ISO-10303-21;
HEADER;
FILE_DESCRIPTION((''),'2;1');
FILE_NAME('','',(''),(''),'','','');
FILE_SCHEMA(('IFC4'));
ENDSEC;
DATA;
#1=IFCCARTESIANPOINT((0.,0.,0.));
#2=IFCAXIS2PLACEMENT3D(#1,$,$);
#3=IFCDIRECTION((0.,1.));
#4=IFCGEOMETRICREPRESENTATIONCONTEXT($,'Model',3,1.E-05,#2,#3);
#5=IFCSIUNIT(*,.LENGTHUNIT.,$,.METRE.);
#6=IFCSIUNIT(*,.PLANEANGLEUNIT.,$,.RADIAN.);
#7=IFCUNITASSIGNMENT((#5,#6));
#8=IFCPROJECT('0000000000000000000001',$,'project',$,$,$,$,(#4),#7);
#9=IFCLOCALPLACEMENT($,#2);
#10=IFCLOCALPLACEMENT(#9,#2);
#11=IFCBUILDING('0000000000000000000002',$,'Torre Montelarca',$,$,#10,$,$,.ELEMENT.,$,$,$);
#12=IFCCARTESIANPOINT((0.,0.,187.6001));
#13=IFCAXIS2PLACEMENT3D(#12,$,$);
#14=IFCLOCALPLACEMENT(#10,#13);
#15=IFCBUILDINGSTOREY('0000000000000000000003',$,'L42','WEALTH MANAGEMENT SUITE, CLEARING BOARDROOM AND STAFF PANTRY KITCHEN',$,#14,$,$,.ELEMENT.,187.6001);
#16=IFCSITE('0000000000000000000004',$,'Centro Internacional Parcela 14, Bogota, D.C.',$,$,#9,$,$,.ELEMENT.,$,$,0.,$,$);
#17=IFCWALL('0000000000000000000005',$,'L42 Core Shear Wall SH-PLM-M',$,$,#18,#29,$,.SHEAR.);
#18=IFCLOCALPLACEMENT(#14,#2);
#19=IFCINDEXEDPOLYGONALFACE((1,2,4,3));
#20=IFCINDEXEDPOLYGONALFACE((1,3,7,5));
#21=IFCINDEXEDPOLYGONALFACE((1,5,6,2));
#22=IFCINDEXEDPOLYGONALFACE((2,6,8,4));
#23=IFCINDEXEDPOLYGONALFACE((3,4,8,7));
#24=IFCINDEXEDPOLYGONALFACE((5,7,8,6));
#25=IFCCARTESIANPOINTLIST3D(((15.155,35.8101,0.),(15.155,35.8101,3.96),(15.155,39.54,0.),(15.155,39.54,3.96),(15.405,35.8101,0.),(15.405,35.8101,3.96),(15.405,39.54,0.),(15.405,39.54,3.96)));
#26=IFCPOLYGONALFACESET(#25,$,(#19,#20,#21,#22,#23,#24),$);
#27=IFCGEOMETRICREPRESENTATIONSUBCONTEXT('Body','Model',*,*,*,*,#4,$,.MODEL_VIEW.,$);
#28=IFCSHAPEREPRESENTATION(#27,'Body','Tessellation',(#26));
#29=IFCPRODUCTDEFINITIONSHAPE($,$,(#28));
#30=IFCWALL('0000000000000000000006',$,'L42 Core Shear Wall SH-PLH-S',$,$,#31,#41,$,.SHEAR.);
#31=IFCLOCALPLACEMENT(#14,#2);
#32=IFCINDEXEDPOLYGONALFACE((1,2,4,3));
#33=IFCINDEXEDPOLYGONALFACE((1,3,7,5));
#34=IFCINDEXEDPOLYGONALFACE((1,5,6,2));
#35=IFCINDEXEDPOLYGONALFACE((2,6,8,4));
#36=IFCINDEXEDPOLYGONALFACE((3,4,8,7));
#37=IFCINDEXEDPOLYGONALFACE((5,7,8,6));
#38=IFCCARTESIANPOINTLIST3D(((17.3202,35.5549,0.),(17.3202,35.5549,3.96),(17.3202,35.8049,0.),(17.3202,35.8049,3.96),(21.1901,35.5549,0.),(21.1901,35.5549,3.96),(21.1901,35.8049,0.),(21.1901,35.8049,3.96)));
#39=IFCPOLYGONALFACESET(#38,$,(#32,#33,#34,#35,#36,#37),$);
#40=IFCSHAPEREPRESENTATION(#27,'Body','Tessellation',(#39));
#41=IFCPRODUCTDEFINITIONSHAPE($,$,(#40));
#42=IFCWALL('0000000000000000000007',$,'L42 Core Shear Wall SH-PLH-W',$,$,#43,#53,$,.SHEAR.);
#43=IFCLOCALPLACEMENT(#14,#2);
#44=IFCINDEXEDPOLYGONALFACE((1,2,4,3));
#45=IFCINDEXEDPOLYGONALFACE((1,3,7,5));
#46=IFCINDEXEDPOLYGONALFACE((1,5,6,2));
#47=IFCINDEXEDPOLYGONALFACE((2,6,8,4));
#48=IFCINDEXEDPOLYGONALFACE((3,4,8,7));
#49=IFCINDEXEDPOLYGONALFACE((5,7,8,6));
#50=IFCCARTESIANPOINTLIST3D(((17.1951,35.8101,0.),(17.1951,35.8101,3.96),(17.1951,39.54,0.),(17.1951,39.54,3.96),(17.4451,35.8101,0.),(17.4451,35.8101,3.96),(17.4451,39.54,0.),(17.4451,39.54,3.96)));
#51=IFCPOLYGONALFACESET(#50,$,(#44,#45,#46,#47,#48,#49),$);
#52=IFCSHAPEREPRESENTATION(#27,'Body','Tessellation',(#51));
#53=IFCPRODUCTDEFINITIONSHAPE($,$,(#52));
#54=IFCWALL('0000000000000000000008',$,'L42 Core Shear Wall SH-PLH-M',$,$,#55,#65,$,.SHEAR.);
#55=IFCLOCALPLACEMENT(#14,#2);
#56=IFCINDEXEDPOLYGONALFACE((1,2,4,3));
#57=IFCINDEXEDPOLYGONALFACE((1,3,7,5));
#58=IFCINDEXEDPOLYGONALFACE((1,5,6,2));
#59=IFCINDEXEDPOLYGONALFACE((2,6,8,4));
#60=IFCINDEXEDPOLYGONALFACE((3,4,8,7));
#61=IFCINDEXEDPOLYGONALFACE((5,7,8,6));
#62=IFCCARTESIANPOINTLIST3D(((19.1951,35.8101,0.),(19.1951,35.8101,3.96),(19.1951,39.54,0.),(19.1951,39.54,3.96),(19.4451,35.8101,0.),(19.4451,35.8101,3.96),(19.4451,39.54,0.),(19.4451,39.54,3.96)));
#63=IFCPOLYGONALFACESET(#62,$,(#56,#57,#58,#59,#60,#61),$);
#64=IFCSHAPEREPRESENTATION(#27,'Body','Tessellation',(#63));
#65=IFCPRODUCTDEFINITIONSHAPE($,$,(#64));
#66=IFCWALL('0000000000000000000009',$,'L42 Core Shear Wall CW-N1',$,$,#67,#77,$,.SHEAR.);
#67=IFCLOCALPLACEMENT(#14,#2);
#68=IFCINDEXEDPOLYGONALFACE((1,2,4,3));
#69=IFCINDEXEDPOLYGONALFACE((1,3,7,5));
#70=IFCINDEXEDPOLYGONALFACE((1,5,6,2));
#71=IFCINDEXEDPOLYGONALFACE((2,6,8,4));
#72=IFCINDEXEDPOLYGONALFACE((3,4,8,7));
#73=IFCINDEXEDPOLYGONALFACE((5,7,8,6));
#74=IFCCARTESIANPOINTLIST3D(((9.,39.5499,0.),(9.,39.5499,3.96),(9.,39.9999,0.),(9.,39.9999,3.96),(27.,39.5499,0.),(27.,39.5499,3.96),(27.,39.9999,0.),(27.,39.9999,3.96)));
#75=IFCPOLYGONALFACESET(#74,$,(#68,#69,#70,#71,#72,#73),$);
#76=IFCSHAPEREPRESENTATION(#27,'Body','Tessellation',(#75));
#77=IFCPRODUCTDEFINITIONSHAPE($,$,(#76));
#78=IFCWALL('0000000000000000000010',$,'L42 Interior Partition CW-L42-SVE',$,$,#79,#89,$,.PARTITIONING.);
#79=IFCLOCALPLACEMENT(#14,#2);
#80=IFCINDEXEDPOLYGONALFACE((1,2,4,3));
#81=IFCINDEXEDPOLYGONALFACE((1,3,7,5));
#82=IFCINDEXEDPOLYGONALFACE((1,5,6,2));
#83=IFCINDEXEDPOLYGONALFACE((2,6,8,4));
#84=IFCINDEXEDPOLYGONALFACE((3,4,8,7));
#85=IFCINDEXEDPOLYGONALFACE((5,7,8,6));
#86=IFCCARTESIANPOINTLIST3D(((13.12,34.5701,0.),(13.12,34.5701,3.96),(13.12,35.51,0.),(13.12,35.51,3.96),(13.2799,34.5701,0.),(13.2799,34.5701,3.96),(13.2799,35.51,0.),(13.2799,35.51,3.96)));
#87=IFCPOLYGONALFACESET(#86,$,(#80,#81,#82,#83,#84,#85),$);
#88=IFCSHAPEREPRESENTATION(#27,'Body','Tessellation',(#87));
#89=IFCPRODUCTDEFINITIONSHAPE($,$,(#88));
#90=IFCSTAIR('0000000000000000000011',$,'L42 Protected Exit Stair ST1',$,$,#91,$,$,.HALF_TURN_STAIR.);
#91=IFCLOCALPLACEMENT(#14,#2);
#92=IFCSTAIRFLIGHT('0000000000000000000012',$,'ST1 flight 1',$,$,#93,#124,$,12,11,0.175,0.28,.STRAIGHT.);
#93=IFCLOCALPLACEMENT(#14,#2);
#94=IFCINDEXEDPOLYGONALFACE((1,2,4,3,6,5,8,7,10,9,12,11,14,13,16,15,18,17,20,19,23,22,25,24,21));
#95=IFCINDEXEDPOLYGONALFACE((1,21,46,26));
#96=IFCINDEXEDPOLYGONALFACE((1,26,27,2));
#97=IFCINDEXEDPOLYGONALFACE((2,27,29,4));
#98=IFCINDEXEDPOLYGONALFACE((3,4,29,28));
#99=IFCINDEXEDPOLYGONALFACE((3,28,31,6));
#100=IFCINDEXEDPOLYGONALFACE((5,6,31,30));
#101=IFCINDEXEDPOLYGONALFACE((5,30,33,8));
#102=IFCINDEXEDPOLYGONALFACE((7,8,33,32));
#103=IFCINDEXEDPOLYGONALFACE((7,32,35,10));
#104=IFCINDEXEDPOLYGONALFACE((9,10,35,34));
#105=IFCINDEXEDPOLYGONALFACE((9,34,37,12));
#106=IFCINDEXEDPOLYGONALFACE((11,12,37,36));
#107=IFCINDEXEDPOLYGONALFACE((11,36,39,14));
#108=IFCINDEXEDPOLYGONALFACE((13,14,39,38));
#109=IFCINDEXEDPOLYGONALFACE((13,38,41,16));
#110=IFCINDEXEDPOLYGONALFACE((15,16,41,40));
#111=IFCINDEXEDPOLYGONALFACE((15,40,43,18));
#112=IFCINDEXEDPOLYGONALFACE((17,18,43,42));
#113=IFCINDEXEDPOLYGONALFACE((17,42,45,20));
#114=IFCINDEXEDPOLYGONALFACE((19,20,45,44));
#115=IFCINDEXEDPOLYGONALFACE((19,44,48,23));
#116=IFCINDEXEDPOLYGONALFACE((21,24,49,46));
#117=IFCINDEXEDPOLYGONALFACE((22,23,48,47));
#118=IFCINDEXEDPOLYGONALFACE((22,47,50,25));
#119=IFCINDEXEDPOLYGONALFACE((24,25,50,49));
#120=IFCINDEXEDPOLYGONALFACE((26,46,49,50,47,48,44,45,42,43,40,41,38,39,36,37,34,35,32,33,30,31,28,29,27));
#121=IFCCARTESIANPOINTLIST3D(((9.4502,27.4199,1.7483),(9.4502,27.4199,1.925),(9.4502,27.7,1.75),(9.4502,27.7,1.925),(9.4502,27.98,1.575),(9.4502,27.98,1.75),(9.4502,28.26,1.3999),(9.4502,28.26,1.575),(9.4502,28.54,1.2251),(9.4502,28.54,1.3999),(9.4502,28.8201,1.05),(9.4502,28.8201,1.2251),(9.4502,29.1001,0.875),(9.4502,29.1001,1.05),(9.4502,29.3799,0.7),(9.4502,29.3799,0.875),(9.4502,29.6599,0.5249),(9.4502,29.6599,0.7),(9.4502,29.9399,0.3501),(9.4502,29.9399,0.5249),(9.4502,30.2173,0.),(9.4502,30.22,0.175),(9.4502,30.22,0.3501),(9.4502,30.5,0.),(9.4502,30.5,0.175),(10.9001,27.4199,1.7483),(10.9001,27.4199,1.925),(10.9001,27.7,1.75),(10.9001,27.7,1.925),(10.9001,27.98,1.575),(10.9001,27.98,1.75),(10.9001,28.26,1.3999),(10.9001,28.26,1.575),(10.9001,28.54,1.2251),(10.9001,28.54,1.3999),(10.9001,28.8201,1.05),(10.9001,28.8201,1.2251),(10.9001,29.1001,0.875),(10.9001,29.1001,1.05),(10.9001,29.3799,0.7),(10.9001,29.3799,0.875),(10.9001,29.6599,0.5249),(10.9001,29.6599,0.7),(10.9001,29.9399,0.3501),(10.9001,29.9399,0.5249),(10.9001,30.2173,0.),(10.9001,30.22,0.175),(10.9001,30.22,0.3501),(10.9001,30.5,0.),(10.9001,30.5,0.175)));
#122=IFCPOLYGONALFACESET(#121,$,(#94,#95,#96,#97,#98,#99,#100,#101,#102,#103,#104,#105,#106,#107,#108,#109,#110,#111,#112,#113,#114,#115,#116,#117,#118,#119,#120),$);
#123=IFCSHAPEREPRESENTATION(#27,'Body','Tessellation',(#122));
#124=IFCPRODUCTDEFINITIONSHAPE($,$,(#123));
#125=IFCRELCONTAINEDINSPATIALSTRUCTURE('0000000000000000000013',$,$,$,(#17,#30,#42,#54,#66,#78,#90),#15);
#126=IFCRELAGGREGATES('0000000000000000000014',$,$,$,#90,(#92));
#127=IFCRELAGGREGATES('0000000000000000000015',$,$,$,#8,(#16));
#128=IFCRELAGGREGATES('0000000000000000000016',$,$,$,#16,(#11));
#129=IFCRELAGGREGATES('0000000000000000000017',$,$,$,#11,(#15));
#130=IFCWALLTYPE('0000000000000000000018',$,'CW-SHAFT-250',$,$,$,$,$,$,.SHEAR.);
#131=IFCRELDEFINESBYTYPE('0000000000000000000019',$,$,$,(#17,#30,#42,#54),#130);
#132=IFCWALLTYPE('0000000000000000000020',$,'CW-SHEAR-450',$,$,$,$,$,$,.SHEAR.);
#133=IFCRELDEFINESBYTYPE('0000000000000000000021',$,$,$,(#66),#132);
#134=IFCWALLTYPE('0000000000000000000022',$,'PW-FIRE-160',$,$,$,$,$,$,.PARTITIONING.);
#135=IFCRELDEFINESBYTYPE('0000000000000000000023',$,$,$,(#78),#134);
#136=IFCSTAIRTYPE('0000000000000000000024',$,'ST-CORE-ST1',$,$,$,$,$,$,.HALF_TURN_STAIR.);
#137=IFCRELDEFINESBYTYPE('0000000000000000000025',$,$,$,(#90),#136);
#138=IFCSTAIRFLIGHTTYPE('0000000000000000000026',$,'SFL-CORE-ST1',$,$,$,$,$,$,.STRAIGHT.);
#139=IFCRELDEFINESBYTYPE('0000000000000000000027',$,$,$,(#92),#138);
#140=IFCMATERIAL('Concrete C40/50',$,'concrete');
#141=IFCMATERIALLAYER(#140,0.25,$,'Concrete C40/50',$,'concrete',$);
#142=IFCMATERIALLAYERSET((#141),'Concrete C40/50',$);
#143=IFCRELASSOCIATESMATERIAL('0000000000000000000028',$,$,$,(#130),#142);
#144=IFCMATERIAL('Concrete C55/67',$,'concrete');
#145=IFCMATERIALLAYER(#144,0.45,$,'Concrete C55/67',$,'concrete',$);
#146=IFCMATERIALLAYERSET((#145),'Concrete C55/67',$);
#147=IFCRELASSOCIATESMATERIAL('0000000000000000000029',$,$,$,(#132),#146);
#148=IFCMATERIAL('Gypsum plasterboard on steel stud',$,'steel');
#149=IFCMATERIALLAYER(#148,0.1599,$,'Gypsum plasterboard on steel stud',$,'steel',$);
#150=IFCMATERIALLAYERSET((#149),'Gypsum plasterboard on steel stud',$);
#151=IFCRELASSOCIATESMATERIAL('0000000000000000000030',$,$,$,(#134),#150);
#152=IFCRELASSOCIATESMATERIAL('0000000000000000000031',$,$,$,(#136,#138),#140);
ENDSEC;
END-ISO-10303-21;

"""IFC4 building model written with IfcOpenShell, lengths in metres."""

from ifc_helpers import new_model, si_unit, direction, frame, frame_2d, origin, place, context, subcontext, project, spatial, polyline, rectangle, outline, extrude, material, layer, layer_set, type_object, element, aggregate, save


model = new_model("IFC4")

# Units and contexts
model_context = context("Model", 3, precision=1e-05, world=origin(), true_north=direction((0.0, 1.0)))
body_context = subcontext(model_context, "Body", "Model", "MODEL_VIEW")
ifc_project = project(units=[si_unit("LENGTHUNIT", "METRE"), si_unit("PLANEANGLEUNIT", "RADIAN")], contexts=[model_context])

# Site, building, storey
site_placement = place(None, origin())
site = spatial("IfcSite", under=ifc_project, at=site_placement, Name="Centro Internacional Parcela 14, Bogota, D.C.", CompositionType="ELEMENT", RefElevation=0.0)
building_placement = place(site_placement, origin())
building = spatial("IfcBuilding", under=site, at=building_placement, Name="Torre Montelarca", CompositionType="ELEMENT")
storey_placement = place(building_placement, frame((0.0, 0.0, 187.6001)))
storey = spatial("IfcBuildingStorey", under=building, at=storey_placement, Name="L42", Description="WEALTH MANAGEMENT SUITE, CLEARING BOARDROOM AND STAFF PANTRY KITCHEN", CompositionType="ELEMENT", Elevation=187.6001)

# Shared definitions
ifc_material_1 = material(Name="Concrete C55/67", Category="concrete")

# Shared definitions
ifc_material_2 = material(Name="Concrete C40/50", Category="concrete")
ifc_layer_1 = layer(ifc_material_2, 0.25, Name="Concrete C40/50", Category="concrete")
ifc_layer_set_1 = layer_set([ifc_layer_1], Name="Concrete C40/50")
wall_type_1 = type_object("IfcWallType", Name="CW-SHAFT-250", PredefinedType="SHEAR", material=ifc_layer_set_1)

# Walls
for number, where, z_axis, x_axis, name in (
    (1, (15.28, 35.8101, 0.0), (0.0, 0.0, 1.0), (0.0, 1.0, 0.0), "L42 Core Shear Wall SH-PLM-M"),
):
    element("IfcWall", number, at=place(storey_placement, frame(where, z_axis=z_axis, x_axis=x_axis)), inside=storey, type_object=wall_type_1, Name=name, PredefinedType="SHEAR", context=body_context, shape_type="SweptSolid", body=[
        extrude(rectangle(XDim=3.73, YDim=0.25, at=frame_2d((1.865, 0.0))), origin(), (0.0, 0.0, 1.0), 3.96),
    ])
wall_1_placement = place(storey_placement, frame((17.3201, 35.6799, 0.0), z_axis=(0.0, 0.0, 1.0), x_axis=(1.0, 0.0, 0.0)))
element("IfcWall", 2, at=wall_1_placement, inside=storey, type_object=wall_type_1, Name="L42 Core Shear Wall SH-PLH-S", PredefinedType="SHEAR", context=body_context, shape_type="SweptSolid", body=[
    extrude(rectangle(XDim=3.8699, YDim=0.25, at=frame_2d((1.9351, 0.0))), origin(), (0.0, 0.0, 1.0), 3.96),
])
for number, where, z_axis, x_axis, name in (
    (3, (17.3201, 35.8101, 0.0), (0.0, 0.0, 1.0), (0.0, 1.0, 0.0), "L42 Core Shear Wall SH-PLH-W"),
    (4, (19.3201, 35.8101, 0.0), (0.0, 0.0, 1.0), (0.0, 1.0, 0.0), "L42 Core Shear Wall SH-PLH-M"),
):
    element("IfcWall", number, at=place(storey_placement, frame(where, z_axis=z_axis, x_axis=x_axis)), inside=storey, type_object=wall_type_1, Name=name, PredefinedType="SHEAR", context=body_context, shape_type="SweptSolid", body=[
        extrude(rectangle(XDim=3.73, YDim=0.25, at=frame_2d((1.865, 0.0))), origin(), (0.0, 0.0, 1.0), 3.96),
    ])
ifc_layer_2 = layer(ifc_material_1, 0.45, Name="Concrete C55/67", Category="concrete")
ifc_layer_set_2 = layer_set([ifc_layer_2], Name="Concrete C55/67")
wall_type_2 = type_object("IfcWallType", Name="CW-SHEAR-450", PredefinedType="SHEAR", material=ifc_layer_set_2)
wall_2_placement = place(storey_placement, frame((9.0, 39.7749, 0.0), z_axis=(0.0, 0.0, 1.0), x_axis=(1.0, 0.0, 0.0)))
element("IfcWall", 5, at=wall_2_placement, inside=storey, type_object=wall_type_2, Name="L42 Core Shear Wall CW-N1", PredefinedType="SHEAR", context=body_context, shape_type="SweptSolid", body=[
    extrude(rectangle(XDim=18.0, YDim=0.45, at=frame_2d((9.0, 0.0))), origin(), (0.0, 0.0, 1.0), 3.96),
])

# Shared definitions
ifc_material_3 = material(Name="Gypsum plasterboard on steel stud", Category="steel")
ifc_layer_3 = layer(ifc_material_3, 0.1599, Name="Gypsum plasterboard on steel stud", Category="steel")
ifc_layer_set_3 = layer_set([ifc_layer_3], Name="Gypsum plasterboard on steel stud")
wall_type_3 = type_object("IfcWallType", Name="PW-FIRE-160", PredefinedType="PARTITIONING", material=ifc_layer_set_3)

# Wall
wall_3_placement = place(storey_placement, frame((13.2, 34.5701, 0.0), z_axis=(0.0, 0.0, 1.0), x_axis=(0.0, 1.0, 0.0)))
element("IfcWall", 6, at=wall_3_placement, inside=storey, type_object=wall_type_3, Name="L42 Interior Partition CW-L42-SVE", PredefinedType="PARTITIONING", context=body_context, shape_type="SweptSolid", body=[
    extrude(rectangle(XDim=0.9399, YDim=0.1599, at=frame_2d((0.47, 0.0))), origin(), (0.0, 0.0, 1.0), 3.96),
])

# Stair, stair flight
stair_type = type_object("IfcStairType", Name="ST-CORE-ST1", PredefinedType="HALF_TURN_STAIR", material=ifc_material_2)
stair_placement = place(storey_placement, origin())
stair = element("IfcStair", 7, at=stair_placement, inside=storey, type_object=stair_type, Name="L42 Protected Exit Stair ST1", PredefinedType="HALF_TURN_STAIR")
stair_flight_type = type_object("IfcStairFlightType", Name="SFL-CORE-ST1", PredefinedType="STRAIGHT", material=ifc_material_2)
stair_flight_placement = place(storey_placement, frame((10.175, 30.5, 0.0), z_axis=(0.0, 0.0, 1.0), x_axis=(0.0, -1.0, 0.0)))
stair_flight = element("IfcStairFlight", 8, at=stair_flight_placement, type_object=stair_flight_type, Name="ST1 flight 1", NumberOfRisers=12, NumberOfTreads=11, PredefinedType="STRAIGHT", RiserHeight=0.175, TreadLength=0.28, context=body_context, shape_type="SweptSolid", body=[
    extrude(outline(polyline([(0.0, 0.0), (0.0, 0.175), (0.28, 0.175), (0.28, 0.3501), (0.5601, 0.3501), (0.5601, 0.5249), (0.8401, 0.5249), (0.8401, 0.7), (1.1201, 0.7), (1.1201, 0.875), (1.3999, 0.875), (1.3999, 1.05), (1.6799, 1.05), (1.6799, 1.2251), (1.96, 1.2251), (1.96, 1.3999), (2.24, 1.3999), (2.24, 1.575), (2.52, 1.575), (2.52, 1.75), (2.8, 1.75), (2.8, 1.925), (3.0801, 1.925), (3.0801, 2.1001), (3.0801, 1.7483), (0.2827, 0.0), (0.0, 0.0)])), frame((0.0, 0.7251, 0.0), z_axis=(0.0, -1.0, 0.0), x_axis=(1.0, 0.0, 0.0)), (0.0, 0.0, 1.0), 1.45),
])
aggregate(stair, [stair_flight])

save(model, "model.ifc")
